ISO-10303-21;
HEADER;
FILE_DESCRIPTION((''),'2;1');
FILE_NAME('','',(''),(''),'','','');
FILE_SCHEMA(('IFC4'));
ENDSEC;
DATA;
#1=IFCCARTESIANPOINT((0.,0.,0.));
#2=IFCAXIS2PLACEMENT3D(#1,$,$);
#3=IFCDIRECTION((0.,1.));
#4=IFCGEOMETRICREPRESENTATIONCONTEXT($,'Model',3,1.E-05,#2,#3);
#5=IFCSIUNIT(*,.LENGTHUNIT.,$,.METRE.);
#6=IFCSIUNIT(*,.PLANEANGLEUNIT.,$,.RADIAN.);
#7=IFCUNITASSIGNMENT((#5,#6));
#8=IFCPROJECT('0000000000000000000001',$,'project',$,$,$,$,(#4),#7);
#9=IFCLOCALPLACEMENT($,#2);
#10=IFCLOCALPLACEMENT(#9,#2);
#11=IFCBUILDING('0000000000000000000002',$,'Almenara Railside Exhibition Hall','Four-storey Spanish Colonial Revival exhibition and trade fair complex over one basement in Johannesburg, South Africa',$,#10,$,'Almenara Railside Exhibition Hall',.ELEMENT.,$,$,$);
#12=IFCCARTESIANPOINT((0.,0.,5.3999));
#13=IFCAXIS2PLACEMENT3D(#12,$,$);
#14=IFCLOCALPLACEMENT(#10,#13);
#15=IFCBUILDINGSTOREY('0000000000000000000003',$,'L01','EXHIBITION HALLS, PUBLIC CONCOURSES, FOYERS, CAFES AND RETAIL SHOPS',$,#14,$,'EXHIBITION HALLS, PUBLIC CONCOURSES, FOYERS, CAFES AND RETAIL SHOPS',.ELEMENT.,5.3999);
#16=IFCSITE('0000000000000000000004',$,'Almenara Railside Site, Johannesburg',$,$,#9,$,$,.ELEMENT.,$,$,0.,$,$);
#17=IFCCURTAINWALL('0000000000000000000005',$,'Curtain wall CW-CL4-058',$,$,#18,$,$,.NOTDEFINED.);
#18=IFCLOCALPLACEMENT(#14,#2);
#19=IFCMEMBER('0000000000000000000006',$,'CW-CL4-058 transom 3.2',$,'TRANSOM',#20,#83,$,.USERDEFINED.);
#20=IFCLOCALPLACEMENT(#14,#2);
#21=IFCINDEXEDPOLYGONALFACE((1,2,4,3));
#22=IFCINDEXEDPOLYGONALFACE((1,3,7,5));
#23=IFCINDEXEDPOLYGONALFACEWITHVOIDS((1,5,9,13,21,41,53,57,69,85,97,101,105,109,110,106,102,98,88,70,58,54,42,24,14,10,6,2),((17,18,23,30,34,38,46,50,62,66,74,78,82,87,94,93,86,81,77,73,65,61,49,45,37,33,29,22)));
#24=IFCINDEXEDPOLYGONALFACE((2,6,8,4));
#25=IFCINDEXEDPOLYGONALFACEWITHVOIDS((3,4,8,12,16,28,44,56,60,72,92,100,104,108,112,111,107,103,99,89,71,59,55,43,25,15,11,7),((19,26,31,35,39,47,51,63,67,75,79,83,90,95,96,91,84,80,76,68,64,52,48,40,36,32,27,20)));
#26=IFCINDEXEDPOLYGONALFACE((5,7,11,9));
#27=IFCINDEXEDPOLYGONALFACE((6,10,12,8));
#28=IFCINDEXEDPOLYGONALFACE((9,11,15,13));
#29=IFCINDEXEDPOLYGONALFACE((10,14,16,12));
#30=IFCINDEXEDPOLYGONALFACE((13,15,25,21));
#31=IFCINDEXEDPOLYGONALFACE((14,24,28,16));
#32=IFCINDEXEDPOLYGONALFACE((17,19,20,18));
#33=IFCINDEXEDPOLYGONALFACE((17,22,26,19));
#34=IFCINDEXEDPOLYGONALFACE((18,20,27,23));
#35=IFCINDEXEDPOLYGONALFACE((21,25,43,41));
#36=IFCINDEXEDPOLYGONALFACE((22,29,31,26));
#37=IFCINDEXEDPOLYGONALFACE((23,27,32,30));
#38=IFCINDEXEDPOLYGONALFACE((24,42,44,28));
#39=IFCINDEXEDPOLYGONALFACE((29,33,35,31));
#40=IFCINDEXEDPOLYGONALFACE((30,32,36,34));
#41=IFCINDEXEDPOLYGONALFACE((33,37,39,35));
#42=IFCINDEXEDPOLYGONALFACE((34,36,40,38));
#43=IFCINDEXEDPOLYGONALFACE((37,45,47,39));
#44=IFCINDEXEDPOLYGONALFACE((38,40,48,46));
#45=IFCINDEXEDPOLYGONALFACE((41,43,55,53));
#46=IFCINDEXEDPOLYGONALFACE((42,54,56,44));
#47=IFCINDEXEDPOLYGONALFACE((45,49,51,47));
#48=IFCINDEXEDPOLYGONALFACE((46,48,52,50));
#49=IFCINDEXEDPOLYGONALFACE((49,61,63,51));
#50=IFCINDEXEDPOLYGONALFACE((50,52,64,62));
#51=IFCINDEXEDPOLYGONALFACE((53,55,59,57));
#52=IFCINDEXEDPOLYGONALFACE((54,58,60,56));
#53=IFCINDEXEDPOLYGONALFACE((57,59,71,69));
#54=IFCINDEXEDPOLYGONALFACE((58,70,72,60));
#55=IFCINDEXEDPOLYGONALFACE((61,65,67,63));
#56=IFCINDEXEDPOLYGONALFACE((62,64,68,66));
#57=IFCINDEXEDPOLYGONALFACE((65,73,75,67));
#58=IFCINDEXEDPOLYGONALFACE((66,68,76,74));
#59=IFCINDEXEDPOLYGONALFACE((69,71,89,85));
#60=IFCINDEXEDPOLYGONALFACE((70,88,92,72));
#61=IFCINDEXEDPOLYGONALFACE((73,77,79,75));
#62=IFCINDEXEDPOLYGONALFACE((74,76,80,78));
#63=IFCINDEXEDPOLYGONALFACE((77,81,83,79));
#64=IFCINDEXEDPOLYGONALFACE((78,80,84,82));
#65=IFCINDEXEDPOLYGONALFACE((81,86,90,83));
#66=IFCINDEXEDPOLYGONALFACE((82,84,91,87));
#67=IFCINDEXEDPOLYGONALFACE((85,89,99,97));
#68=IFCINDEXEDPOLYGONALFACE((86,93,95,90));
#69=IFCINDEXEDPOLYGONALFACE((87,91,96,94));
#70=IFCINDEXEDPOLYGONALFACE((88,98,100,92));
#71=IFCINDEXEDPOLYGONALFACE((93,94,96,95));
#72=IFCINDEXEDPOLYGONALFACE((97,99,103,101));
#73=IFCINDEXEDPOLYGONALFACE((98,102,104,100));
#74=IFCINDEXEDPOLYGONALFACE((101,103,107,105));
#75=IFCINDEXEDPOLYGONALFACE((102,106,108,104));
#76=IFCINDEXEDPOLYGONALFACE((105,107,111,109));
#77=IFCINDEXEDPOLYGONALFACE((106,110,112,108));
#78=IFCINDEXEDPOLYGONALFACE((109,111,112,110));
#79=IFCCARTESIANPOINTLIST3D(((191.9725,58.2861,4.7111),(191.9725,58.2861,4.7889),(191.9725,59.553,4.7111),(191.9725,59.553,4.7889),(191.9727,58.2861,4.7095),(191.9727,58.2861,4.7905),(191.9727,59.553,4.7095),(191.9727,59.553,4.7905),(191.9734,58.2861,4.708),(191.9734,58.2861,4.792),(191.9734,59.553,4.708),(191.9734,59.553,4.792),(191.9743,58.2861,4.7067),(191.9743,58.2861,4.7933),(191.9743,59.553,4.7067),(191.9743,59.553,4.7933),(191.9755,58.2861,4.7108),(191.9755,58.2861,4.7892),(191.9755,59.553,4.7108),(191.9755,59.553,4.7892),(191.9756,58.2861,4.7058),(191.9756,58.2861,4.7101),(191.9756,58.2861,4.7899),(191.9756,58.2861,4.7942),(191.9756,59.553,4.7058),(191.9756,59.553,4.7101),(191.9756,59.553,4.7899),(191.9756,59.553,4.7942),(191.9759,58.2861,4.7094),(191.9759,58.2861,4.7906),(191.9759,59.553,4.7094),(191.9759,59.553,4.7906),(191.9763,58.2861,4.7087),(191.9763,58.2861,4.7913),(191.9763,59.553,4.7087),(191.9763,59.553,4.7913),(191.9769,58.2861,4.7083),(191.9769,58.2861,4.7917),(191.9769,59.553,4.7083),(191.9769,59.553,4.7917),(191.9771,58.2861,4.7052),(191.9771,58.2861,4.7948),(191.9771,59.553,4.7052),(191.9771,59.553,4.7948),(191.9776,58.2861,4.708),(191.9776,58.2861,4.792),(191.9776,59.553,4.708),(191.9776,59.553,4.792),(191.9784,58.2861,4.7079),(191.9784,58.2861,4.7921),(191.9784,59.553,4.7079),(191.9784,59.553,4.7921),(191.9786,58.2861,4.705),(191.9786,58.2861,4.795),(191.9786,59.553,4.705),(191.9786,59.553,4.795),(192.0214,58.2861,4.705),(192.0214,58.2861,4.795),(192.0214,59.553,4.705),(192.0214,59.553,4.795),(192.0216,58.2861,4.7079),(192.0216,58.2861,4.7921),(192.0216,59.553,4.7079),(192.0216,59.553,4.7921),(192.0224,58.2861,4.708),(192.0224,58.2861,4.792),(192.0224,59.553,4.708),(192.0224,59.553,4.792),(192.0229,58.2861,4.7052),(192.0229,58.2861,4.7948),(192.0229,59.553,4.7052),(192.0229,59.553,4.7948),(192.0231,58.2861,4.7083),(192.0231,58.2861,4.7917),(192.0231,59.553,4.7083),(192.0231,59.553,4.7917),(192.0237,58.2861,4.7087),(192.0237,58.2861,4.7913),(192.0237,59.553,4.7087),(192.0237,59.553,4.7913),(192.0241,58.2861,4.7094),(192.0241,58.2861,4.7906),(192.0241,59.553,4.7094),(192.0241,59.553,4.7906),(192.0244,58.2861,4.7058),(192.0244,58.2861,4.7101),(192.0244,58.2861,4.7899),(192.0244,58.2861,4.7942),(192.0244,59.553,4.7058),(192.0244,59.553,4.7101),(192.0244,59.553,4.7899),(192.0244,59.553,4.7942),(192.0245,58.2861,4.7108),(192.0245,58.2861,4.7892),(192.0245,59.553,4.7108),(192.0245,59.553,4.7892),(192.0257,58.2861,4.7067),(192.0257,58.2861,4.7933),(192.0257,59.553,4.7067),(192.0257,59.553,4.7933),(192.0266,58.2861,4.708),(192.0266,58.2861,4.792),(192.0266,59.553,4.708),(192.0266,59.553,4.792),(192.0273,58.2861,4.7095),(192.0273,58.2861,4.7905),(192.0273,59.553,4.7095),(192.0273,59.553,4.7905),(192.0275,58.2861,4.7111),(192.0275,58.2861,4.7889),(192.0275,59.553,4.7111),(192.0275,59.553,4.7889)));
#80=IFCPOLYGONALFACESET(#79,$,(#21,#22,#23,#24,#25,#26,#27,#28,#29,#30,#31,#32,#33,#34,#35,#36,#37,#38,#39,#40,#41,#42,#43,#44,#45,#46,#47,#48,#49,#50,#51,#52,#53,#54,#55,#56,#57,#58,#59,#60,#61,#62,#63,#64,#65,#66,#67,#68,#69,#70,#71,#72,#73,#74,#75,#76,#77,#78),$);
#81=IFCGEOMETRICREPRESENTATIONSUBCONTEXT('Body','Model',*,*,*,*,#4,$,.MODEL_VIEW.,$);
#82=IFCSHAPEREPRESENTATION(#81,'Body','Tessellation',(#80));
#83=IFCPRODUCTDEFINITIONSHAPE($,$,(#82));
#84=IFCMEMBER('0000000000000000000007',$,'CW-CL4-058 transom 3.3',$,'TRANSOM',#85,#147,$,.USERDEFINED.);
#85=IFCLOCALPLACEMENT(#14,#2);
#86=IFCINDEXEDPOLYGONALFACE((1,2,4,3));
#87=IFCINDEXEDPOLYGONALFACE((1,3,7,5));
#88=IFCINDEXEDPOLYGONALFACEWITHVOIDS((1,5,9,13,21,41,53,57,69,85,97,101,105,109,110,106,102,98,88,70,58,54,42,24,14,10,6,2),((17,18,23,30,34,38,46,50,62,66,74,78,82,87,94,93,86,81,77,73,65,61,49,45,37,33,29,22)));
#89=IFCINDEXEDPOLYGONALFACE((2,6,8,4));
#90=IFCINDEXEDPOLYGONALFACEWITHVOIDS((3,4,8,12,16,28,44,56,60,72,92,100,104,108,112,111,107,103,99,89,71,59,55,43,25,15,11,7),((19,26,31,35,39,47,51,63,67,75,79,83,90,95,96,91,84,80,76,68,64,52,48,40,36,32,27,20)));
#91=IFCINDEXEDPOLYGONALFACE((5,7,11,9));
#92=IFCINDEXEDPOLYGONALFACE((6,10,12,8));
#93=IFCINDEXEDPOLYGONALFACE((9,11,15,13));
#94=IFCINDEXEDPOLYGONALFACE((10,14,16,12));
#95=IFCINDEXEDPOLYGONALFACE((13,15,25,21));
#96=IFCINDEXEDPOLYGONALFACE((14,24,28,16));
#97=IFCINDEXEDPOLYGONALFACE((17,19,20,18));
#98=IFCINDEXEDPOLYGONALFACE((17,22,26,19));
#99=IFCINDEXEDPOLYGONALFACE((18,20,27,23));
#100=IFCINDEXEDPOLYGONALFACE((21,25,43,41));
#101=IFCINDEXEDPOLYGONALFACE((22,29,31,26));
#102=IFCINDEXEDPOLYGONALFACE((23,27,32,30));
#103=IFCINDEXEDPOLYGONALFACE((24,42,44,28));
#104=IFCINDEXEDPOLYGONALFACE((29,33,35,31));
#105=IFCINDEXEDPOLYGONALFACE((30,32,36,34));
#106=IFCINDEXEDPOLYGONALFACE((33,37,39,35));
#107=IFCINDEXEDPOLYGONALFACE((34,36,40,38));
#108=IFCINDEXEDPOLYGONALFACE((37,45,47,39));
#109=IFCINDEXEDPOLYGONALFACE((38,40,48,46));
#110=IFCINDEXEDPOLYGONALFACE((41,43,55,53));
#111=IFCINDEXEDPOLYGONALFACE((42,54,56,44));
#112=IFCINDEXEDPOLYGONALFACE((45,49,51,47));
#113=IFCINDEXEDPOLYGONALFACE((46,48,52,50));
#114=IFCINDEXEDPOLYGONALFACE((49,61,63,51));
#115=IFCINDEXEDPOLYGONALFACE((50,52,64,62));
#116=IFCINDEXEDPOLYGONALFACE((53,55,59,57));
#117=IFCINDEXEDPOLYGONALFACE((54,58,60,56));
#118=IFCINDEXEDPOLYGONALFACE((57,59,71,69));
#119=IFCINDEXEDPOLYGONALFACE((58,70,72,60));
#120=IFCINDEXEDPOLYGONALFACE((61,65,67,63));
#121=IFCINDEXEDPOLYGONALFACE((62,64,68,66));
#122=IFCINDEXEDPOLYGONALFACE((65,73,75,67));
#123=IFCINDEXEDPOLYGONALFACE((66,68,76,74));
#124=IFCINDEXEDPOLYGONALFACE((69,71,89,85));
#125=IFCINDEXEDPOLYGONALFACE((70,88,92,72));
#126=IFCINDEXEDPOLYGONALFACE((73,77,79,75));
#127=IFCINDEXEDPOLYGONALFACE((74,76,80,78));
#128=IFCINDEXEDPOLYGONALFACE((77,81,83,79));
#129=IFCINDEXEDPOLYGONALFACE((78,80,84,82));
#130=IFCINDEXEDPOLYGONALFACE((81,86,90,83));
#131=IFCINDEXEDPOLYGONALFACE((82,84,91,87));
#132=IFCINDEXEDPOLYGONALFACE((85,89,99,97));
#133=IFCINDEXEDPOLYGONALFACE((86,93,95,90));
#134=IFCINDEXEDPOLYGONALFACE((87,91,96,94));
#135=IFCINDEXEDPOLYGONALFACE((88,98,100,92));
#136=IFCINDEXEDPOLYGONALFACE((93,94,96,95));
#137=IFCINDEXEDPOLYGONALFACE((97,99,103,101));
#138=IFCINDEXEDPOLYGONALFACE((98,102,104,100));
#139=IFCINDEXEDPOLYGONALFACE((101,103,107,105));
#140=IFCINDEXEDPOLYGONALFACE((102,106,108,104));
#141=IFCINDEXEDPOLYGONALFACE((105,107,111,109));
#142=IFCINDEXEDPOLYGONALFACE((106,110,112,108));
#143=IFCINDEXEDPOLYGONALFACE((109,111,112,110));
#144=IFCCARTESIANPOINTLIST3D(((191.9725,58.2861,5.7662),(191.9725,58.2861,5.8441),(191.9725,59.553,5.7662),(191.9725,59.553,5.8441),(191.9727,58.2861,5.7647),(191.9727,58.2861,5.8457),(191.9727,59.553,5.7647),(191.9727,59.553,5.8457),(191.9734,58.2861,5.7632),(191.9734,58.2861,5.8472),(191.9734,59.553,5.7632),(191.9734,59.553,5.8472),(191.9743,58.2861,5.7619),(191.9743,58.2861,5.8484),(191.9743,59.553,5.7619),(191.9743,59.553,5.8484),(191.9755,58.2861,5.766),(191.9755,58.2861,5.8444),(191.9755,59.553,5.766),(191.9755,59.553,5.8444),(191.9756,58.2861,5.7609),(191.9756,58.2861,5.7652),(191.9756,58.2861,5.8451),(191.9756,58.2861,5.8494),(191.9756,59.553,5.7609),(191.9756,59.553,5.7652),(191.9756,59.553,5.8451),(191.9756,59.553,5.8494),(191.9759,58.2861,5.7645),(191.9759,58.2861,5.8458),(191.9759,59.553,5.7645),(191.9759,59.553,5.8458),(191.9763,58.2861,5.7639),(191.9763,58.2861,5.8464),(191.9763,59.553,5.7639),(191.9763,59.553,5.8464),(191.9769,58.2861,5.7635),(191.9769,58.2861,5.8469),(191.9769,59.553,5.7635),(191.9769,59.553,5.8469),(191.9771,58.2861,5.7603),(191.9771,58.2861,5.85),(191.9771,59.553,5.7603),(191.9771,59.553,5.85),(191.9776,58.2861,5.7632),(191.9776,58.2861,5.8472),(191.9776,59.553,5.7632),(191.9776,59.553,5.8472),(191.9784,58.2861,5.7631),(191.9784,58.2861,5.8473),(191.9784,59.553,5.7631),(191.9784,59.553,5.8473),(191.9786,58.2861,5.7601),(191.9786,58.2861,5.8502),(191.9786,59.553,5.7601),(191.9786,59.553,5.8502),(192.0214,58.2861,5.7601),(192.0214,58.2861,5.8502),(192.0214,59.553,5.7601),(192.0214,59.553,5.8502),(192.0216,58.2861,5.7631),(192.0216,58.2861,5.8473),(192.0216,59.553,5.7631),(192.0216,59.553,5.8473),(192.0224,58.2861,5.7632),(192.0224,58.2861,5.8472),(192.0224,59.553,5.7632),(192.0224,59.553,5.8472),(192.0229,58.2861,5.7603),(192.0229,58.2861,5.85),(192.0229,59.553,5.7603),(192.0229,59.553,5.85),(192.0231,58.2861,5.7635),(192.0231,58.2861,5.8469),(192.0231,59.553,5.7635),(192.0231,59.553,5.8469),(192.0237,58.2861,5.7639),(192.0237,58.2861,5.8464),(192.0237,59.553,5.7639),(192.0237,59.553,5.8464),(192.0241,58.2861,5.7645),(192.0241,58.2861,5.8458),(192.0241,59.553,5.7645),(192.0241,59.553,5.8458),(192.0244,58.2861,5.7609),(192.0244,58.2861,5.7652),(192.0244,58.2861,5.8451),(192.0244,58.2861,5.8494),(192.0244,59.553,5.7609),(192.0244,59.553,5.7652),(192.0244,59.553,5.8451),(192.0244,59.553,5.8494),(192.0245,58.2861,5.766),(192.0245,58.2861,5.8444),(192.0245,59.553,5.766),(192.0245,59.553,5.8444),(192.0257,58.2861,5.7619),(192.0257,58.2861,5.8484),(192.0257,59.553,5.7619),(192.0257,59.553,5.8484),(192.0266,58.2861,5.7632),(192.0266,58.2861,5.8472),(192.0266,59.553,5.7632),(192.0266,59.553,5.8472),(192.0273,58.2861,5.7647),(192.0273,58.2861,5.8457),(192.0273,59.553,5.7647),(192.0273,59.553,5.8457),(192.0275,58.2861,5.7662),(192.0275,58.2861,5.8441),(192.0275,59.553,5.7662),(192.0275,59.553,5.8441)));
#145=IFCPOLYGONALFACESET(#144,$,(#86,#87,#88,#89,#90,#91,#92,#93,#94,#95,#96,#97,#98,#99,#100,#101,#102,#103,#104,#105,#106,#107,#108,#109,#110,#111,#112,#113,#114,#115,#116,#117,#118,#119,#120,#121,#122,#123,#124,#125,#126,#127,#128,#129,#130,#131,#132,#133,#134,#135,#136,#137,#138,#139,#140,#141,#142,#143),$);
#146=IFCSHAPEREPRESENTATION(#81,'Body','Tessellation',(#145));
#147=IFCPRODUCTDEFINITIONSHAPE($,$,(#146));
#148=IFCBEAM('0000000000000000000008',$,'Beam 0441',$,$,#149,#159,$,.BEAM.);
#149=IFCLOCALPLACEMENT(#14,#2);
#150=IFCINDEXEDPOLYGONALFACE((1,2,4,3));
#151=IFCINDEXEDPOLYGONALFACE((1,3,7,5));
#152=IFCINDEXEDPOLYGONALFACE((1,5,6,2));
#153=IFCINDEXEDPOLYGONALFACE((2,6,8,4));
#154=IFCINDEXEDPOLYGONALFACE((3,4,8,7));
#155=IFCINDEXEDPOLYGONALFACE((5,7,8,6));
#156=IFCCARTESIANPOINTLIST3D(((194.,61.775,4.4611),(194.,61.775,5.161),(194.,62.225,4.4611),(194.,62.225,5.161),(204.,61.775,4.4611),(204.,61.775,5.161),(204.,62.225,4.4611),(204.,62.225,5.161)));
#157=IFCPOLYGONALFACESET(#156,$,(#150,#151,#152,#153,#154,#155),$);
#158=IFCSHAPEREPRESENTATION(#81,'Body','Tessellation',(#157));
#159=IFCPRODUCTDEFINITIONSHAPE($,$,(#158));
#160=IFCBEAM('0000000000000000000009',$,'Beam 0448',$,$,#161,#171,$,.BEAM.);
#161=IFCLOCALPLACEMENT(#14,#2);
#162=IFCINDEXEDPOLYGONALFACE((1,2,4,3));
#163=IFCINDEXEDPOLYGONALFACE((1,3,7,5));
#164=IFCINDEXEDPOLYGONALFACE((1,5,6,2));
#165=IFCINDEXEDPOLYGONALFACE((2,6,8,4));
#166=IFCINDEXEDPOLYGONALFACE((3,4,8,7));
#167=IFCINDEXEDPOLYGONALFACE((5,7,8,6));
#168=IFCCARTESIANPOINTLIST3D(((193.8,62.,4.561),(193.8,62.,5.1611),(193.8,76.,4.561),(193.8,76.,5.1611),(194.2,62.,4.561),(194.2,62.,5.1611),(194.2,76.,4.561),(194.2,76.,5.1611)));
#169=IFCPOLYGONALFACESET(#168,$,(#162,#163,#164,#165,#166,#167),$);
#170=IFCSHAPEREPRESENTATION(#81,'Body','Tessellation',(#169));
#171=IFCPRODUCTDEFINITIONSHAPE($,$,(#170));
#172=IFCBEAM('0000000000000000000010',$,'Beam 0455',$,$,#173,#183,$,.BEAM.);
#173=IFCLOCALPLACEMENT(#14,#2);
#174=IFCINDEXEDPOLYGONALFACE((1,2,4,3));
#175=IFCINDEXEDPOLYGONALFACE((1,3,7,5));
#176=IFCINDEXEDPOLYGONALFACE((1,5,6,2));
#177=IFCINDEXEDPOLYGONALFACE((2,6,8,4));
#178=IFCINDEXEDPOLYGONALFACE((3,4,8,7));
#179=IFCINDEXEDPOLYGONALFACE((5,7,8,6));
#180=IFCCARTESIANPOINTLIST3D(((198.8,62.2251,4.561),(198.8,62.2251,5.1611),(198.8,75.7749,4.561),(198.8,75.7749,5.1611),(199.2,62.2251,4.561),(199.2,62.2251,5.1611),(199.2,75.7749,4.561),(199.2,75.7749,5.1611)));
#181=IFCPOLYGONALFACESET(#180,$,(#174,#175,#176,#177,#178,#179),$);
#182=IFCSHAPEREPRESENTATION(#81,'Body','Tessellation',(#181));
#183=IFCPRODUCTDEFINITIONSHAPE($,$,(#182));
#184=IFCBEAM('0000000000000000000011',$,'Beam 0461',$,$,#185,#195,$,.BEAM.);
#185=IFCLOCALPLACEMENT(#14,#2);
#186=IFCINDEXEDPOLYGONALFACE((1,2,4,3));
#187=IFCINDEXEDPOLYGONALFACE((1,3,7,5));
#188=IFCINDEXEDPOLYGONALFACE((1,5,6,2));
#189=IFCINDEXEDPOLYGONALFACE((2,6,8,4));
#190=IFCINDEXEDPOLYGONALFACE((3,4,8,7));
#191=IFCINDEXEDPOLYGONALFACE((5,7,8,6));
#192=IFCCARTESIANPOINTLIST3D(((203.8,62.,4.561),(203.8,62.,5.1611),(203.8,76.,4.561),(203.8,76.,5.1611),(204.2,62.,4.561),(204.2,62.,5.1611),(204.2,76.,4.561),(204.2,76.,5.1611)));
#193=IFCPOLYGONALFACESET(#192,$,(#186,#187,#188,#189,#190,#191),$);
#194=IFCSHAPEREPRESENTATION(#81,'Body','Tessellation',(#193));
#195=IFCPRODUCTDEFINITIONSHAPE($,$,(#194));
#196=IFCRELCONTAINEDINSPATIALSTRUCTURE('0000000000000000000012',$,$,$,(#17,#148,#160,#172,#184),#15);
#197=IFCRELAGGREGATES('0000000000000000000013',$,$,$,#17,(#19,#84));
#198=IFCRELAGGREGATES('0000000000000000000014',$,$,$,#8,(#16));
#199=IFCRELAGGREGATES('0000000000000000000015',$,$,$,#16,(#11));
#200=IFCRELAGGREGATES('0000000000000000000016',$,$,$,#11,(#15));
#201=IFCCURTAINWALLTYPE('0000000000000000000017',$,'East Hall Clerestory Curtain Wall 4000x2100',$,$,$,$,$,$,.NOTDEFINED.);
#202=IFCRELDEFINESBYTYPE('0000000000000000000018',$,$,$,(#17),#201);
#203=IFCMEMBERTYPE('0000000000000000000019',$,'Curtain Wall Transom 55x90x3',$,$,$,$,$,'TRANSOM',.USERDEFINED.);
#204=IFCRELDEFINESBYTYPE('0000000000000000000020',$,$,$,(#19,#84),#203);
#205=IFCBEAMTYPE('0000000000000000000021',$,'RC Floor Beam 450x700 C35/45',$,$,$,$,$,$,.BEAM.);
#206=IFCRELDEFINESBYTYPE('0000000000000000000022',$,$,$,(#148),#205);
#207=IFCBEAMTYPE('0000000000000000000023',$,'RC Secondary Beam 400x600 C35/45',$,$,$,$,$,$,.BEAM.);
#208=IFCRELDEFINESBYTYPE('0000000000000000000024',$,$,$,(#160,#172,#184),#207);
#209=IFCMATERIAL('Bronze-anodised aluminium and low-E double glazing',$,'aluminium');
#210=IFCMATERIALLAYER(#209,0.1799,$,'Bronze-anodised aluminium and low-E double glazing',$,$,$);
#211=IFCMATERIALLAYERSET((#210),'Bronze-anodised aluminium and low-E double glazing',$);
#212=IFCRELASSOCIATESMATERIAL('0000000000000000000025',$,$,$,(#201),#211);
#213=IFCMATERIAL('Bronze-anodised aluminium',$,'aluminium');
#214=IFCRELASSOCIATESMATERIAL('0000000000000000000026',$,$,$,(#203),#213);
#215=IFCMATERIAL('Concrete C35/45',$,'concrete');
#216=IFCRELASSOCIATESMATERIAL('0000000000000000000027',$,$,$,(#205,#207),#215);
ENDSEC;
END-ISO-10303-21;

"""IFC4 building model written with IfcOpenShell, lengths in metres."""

from ifc_helpers import new_model, si_unit, direction, frame, origin, origin_2d, place, context, subcontext, project, spatial, rectangle, hollow_rectangle, extrude, material, layer, layer_set, material_profile, profile_set, type_object, element, aggregate, save


model = new_model("IFC4")

# Units and contexts
model_context = context("Model", 3, precision=1e-05, world=origin(), true_north=direction((0.0, 1.0)))
body_context = subcontext(model_context, "Body", "Model", "MODEL_VIEW")
ifc_project = project(units=[si_unit("LENGTHUNIT", "METRE"), si_unit("PLANEANGLEUNIT", "RADIAN")], contexts=[model_context])

# Site, building, storey
site_placement = place(None, origin())
site = spatial("IfcSite", under=ifc_project, at=site_placement, Name="Almenara Railside Site, Johannesburg", CompositionType="ELEMENT", RefElevation=0.0)
building_placement = place(site_placement, origin())
building = spatial("IfcBuilding", under=site, at=building_placement, Name="Almenara Railside Exhibition Hall", Description="Four-storey Spanish Colonial Revival exhibition and trade fair complex over one basement in Johannesburg, South Africa", LongName="Almenara Railside Exhibition Hall", CompositionType="ELEMENT")
storey_placement = place(building_placement, frame((0.0, 0.0, 5.3999)))
storey = spatial("IfcBuildingStorey", under=building, at=storey_placement, Name="L01", Description="EXHIBITION HALLS, PUBLIC CONCOURSES, FOYERS, CAFES AND RETAIL SHOPS", LongName="EXHIBITION HALLS, PUBLIC CONCOURSES, FOYERS, CAFES AND RETAIL SHOPS", CompositionType="ELEMENT", Elevation=5.3999)

# Shared definitions
ifc_material_1 = material(Name="Concrete C35/45", Category="concrete")

# Curtain wall, members
ifc_material_2 = material(Name="Bronze-anodised aluminium and low-E double glazing", Category="aluminium")
ifc_layer_1 = layer(ifc_material_2, 0.1799, Name="Bronze-anodised aluminium and low-E double glazing")
ifc_layer_set_1 = layer_set([ifc_layer_1], Name="Bronze-anodised aluminium and low-E double glazing")
curtain_wall_type = type_object("IfcCurtainWallType", Name="East Hall Clerestory Curtain Wall 4000x2100", PredefinedType="NOTDEFINED", material=ifc_layer_set_1)
curtain_wall_placement = place(storey_placement, origin())
curtain_wall = element("IfcCurtainWall", 1, at=curtain_wall_placement, inside=storey, type_object=curtain_wall_type, Name="Curtain wall CW-CL4-058", PredefinedType="NOTDEFINED")
ifc_material_3 = material(Name="Bronze-anodised aluminium", Category="aluminium")
ifc_material_profile_1 = material_profile(ifc_material_3, hollow_rectangle(XDim=0.0549, YDim=0.0901, WallThickness=0.0029, InnerFilletRadius=0.0029, OuterFilletRadius=0.0061, at=origin_2d()), Name="ALU-TRN 55x90x3")
ifc_profile_set_1 = profile_set([ifc_material_profile_1], Name="Bronze-anodised aluminium")
member_type_1 = type_object("IfcMemberType", Name="Curtain Wall Transom 55x90x3", ElementType="TRANSOM", PredefinedType="USERDEFINED", material=ifc_profile_set_1)
member_1_placement = place(storey_placement, frame((192.0, 58.2861, 4.75), z_axis=(0.0, 1.0, 0.0), x_axis=(-1.0, 0.0, 0.0)))
member_1 = element("IfcMember", 2, at=member_1_placement, type_object=member_type_1, Name="CW-CL4-058 transom 3.2", ObjectType="TRANSOM", PredefinedType="USERDEFINED", context=body_context, shape_type="SweptSolid", body=[
    extrude(hollow_rectangle(XDim=0.0549, YDim=0.0901, WallThickness=0.0029, InnerFilletRadius=0.0029, OuterFilletRadius=0.0061, at=origin_2d()), origin(), (0.0, 0.0, 1.0), 1.2668),
])
member_2_placement = place(storey_placement, frame((192.0, 58.2861, 5.8052), z_axis=(0.0, 1.0, 0.0), x_axis=(-1.0, 0.0, 0.0)))
member_2 = element("IfcMember", 3, at=member_2_placement, type_object=member_type_1, Name="CW-CL4-058 transom 3.3", ObjectType="TRANSOM", PredefinedType="USERDEFINED", context=body_context, shape_type="SweptSolid", body=[
    extrude(hollow_rectangle(XDim=0.0549, YDim=0.0901, WallThickness=0.0029, InnerFilletRadius=0.0029, OuterFilletRadius=0.0061, at=origin_2d()), origin(), (0.0, 0.0, 1.0), 1.2668),
])

# Beams
ifc_material_profile_2 = material_profile(ifc_material_1, rectangle(XDim=0.45, YDim=0.7, at=origin_2d()), Name="RC 450x700")
ifc_profile_set_2 = profile_set([ifc_material_profile_2], Name="Concrete C35/45")
beam_type_1 = type_object("IfcBeamType", Name="RC Floor Beam 450x700 C35/45", PredefinedType="BEAM", material=ifc_profile_set_2)
beam_1_placement = place(storey_placement, frame((194.0, 62.0, 4.811), z_axis=(1.0, 0.0, 0.0), x_axis=(0.0, 1.0, 0.0)))
element("IfcBeam", 4, at=beam_1_placement, inside=storey, type_object=beam_type_1, Name="Beam 0441", PredefinedType="BEAM", context=body_context, shape_type="SweptSolid", body=[
    extrude(rectangle(XDim=0.45, YDim=0.7, at=origin_2d()), origin(), (0.0, 0.0, 1.0), 10.0),
])
ifc_material_profile_3 = material_profile(ifc_material_1, rectangle(XDim=0.3999, YDim=0.6001, at=origin_2d()), Name="RC 400x600")
ifc_profile_set_3 = profile_set([ifc_material_profile_3], Name="Concrete C35/45")
beam_type_2 = type_object("IfcBeamType", Name="RC Secondary Beam 400x600 C35/45", PredefinedType="BEAM", material=ifc_profile_set_3)
beam_2_placement = place(storey_placement, frame((194.0, 62.0, 4.8611), z_axis=(0.0, 1.0, 0.0), x_axis=(-1.0, 0.0, 0.0)))
element("IfcBeam", 5, at=beam_2_placement, inside=storey, type_object=beam_type_2, Name="Beam 0448", PredefinedType="BEAM", context=body_context, shape_type="SweptSolid", body=[
    extrude(rectangle(XDim=0.3999, YDim=0.6001, at=origin_2d()), origin(), (0.0, 0.0, 1.0), 14.0),
])
beam_3_placement = place(storey_placement, frame((199.0, 62.2251, 4.8611), z_axis=(0.0, 1.0, 0.0), x_axis=(-1.0, 0.0, 0.0)))
element("IfcBeam", 6, at=beam_3_placement, inside=storey, type_object=beam_type_2, Name="Beam 0455", PredefinedType="BEAM", context=body_context, shape_type="SweptSolid", body=[
    extrude(rectangle(XDim=0.3999, YDim=0.6001, at=origin_2d()), origin(), (0.0, 0.0, 1.0), 13.5498),
])
beam_4_placement = place(storey_placement, frame((204.0, 62.0, 4.8611), z_axis=(0.0, 1.0, 0.0), x_axis=(-1.0, 0.0, 0.0)))
element("IfcBeam", 7, at=beam_4_placement, inside=storey, type_object=beam_type_2, Name="Beam 0461", PredefinedType="BEAM", context=body_context, shape_type="SweptSolid", body=[
    extrude(rectangle(XDim=0.3999, YDim=0.6001, at=origin_2d()), origin(), (0.0, 0.0, 1.0), 14.0),
])

aggregate(curtain_wall, [member_1, member_2])

save(model, "model.ifc")
